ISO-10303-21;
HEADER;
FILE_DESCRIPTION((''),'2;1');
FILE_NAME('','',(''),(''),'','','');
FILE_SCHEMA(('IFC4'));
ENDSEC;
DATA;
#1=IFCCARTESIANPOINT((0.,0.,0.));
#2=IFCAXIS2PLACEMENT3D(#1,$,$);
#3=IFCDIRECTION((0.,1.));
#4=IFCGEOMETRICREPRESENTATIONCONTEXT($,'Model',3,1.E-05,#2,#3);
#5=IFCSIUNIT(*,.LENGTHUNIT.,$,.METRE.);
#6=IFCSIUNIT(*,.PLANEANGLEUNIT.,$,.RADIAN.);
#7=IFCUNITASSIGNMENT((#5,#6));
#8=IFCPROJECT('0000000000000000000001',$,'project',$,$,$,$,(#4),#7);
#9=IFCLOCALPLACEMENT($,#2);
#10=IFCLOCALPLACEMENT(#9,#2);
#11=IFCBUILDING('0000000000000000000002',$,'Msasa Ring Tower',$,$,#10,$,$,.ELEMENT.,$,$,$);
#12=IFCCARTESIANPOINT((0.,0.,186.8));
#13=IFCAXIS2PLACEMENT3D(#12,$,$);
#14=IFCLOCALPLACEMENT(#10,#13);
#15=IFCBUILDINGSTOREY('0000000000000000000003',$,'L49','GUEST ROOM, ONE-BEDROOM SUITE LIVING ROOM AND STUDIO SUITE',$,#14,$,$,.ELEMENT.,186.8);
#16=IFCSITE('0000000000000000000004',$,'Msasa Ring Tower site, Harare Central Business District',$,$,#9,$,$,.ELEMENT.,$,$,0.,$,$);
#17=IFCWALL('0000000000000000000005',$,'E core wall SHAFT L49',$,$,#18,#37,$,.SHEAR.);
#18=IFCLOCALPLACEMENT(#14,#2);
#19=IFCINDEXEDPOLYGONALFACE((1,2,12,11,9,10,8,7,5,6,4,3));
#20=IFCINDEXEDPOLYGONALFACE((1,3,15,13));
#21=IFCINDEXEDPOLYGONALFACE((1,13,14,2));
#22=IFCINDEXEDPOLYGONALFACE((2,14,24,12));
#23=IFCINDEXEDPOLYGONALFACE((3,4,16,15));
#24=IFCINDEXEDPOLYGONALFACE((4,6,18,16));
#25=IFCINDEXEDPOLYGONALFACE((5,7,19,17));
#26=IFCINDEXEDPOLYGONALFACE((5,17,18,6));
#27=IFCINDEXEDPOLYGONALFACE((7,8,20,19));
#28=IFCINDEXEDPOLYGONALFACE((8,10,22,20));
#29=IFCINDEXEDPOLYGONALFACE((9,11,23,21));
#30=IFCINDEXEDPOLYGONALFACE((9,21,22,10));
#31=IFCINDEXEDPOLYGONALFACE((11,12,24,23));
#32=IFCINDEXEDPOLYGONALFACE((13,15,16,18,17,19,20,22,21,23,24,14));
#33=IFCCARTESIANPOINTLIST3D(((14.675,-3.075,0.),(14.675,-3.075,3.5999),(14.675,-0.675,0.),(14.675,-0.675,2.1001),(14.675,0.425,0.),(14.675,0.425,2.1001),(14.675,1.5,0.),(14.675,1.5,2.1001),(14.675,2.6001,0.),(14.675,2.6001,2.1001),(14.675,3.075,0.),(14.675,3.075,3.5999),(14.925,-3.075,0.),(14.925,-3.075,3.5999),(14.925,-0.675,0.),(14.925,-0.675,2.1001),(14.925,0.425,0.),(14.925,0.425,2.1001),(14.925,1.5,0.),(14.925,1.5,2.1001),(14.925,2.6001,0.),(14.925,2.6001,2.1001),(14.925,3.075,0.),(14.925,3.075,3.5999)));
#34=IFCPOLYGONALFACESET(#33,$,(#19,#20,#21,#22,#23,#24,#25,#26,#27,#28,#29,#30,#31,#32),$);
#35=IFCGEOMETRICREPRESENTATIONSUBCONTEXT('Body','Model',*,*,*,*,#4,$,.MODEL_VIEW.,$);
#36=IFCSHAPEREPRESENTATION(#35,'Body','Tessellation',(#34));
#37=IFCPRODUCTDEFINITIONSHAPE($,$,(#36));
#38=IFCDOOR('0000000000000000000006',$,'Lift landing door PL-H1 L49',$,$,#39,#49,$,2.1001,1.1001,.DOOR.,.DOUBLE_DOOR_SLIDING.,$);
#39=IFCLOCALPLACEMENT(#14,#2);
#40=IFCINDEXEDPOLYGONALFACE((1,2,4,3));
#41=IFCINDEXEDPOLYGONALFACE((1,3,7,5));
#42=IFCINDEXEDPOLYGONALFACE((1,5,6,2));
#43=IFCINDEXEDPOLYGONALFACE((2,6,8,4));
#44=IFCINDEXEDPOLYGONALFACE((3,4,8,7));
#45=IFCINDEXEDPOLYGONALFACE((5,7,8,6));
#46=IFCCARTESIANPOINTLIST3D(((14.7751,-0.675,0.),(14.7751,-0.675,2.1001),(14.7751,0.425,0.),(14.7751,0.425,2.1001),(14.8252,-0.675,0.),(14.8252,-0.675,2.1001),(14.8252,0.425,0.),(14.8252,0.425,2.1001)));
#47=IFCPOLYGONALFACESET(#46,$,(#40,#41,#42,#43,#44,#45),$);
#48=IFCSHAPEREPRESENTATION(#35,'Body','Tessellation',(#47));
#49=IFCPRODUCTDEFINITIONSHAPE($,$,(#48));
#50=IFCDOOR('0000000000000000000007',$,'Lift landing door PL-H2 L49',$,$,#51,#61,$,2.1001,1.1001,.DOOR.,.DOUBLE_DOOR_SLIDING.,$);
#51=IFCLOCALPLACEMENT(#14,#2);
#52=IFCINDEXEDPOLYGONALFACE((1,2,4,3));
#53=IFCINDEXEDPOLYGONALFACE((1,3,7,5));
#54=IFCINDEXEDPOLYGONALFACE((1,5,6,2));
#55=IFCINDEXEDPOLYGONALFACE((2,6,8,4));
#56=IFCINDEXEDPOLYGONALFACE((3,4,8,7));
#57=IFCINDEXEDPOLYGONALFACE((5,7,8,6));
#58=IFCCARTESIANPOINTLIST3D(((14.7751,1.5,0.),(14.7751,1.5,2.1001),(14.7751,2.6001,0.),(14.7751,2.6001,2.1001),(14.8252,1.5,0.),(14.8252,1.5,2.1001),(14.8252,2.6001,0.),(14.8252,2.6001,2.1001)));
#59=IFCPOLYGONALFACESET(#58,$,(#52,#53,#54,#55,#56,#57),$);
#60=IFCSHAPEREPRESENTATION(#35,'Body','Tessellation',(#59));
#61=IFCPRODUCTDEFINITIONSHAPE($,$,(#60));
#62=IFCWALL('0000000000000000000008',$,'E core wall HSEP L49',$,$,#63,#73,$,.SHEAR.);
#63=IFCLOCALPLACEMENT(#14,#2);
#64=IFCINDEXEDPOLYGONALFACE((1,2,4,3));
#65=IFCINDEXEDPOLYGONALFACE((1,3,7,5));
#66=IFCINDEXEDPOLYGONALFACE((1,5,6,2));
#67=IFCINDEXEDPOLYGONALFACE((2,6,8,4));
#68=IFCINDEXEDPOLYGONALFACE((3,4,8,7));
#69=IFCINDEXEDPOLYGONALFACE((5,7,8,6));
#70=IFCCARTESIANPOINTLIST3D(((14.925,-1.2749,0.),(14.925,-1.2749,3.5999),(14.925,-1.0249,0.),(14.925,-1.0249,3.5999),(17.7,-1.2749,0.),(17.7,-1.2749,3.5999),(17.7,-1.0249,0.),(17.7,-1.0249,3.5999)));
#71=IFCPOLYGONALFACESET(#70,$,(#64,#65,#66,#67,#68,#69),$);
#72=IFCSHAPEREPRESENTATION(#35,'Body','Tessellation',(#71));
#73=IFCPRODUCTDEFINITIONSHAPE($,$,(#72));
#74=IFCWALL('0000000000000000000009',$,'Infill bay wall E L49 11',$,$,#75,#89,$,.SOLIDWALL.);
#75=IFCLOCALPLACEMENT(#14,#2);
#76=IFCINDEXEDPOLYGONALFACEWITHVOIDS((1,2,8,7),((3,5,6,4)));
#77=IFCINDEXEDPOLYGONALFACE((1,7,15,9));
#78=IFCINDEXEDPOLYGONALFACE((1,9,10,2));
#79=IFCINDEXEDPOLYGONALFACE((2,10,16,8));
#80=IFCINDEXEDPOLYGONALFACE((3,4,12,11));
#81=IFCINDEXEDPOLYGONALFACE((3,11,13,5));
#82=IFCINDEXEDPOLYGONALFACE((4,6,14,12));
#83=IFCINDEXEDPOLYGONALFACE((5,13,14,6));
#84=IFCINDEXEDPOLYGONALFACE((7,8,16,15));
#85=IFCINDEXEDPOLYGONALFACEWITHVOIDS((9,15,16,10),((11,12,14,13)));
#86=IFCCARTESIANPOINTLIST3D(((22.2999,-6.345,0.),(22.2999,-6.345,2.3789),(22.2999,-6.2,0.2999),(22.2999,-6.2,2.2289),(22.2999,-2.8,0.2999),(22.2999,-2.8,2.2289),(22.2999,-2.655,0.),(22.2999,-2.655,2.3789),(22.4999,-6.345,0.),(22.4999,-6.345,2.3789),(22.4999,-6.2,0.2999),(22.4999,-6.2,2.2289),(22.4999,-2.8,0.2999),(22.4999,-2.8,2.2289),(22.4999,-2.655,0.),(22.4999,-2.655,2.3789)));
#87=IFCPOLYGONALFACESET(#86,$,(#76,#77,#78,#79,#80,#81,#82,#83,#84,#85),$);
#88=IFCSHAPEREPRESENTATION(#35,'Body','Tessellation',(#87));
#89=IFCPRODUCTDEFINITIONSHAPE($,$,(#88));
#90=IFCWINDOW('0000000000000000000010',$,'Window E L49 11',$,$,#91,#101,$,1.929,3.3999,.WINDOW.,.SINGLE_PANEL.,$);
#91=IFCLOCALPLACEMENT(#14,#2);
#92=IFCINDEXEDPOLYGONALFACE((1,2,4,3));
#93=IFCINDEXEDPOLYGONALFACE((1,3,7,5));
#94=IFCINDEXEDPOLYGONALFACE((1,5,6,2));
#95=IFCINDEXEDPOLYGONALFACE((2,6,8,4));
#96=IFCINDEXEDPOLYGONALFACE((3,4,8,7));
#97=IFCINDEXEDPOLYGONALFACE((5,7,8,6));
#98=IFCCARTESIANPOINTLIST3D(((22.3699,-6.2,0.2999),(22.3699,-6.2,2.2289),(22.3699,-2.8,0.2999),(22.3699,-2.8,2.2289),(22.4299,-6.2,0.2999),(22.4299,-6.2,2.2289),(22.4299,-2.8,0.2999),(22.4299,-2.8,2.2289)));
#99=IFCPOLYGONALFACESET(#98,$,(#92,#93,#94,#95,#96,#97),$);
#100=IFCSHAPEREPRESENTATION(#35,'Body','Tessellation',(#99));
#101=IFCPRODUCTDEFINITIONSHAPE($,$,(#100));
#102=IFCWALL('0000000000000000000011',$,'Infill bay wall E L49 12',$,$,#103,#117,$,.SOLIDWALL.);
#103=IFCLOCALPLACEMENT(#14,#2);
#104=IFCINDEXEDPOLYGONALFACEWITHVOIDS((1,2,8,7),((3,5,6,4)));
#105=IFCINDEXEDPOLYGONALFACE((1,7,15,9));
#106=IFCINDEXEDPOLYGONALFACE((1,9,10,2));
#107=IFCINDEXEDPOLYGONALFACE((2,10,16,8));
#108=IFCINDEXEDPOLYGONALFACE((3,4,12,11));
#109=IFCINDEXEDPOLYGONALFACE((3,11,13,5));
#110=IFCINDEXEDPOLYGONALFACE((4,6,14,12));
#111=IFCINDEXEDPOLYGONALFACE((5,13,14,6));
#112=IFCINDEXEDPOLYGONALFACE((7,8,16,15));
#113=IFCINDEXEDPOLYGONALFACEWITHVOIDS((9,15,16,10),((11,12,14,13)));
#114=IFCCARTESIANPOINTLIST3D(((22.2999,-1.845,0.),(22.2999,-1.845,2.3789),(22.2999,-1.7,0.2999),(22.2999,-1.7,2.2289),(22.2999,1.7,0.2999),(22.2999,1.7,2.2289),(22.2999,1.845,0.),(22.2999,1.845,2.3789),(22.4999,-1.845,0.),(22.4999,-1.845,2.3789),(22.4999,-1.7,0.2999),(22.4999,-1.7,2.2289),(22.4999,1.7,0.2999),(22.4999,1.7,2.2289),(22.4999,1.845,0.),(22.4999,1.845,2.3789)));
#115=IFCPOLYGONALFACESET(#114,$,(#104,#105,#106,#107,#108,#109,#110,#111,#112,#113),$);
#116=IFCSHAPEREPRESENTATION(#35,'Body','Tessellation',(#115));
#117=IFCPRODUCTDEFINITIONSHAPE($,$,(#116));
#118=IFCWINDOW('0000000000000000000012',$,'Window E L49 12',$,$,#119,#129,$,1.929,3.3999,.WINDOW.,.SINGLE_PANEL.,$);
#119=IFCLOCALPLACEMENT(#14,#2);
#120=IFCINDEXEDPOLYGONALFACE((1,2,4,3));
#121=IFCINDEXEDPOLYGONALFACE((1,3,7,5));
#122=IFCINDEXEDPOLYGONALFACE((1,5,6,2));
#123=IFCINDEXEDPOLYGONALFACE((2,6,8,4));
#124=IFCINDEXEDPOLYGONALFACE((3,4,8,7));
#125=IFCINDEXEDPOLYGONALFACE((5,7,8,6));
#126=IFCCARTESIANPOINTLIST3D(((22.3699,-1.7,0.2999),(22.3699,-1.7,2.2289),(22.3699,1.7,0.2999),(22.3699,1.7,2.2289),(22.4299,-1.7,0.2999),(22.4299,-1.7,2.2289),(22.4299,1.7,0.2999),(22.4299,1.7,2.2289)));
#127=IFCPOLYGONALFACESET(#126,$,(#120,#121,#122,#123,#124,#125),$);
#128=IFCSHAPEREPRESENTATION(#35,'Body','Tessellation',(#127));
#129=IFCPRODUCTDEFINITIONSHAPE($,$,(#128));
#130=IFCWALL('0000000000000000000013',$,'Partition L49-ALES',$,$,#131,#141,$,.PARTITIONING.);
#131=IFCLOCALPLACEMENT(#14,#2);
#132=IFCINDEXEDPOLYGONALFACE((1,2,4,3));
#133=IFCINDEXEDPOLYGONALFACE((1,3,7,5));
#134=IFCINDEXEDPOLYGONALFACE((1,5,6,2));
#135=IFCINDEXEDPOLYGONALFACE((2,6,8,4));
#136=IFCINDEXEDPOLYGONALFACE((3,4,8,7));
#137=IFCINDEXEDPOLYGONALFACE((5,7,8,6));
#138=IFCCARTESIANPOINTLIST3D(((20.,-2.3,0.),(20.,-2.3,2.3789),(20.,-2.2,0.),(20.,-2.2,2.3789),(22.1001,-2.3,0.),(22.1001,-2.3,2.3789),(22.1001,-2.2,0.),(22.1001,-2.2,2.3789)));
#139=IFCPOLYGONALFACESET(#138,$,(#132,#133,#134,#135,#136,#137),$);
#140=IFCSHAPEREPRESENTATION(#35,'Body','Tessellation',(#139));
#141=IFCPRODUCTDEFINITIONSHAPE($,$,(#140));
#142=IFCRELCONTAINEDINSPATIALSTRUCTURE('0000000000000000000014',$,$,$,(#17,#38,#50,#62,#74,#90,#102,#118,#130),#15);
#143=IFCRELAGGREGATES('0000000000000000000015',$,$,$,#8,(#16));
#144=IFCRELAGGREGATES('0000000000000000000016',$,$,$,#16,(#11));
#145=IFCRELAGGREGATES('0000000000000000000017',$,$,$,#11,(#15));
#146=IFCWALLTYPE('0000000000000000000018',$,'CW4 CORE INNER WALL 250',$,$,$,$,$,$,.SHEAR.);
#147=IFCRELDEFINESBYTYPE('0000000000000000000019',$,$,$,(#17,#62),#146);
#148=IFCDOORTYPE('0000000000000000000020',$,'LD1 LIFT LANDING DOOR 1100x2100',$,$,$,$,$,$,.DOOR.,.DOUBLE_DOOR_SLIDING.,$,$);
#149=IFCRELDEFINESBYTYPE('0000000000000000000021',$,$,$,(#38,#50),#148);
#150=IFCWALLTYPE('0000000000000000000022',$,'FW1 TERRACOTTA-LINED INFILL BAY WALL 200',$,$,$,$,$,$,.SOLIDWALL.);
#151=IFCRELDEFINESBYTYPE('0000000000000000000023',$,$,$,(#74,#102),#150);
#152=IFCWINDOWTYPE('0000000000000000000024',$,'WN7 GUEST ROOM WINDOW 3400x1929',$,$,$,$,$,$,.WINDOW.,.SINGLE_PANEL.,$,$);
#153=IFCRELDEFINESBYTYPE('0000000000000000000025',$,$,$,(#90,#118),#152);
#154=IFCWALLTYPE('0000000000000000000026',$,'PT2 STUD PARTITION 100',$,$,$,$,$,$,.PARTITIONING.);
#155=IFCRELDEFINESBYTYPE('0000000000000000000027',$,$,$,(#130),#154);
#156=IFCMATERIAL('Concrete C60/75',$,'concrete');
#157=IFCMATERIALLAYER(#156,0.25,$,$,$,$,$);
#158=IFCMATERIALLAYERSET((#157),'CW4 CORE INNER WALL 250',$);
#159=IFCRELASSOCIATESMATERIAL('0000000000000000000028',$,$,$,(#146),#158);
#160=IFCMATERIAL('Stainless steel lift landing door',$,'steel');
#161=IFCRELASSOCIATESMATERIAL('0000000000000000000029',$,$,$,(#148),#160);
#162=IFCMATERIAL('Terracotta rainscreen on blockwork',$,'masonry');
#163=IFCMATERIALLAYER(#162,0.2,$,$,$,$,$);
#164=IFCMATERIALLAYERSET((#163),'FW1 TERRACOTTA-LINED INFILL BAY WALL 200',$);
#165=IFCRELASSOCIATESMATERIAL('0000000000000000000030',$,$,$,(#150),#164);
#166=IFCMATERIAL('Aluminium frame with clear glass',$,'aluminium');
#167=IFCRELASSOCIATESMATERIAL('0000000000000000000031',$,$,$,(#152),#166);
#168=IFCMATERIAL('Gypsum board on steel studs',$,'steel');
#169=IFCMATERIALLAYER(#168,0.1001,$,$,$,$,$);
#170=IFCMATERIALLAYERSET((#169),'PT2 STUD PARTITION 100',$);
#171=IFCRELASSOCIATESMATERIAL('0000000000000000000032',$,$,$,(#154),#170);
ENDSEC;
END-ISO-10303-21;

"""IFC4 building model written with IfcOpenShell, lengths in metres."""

from ifc_helpers import new_model, si_unit, direction, frame, frame_2d, origin, place, context, subcontext, project, spatial, rectangle, extrude, material, layer, layer_set, type_object, element, fill, save


model = new_model("IFC4")

# Units and contexts
model_context = context("Model", 3, precision=1e-05, world=origin(), true_north=direction((0.0, 1.0)))
body_context = subcontext(model_context, "Body", "Model", "MODEL_VIEW")
ifc_project = project(units=[si_unit("LENGTHUNIT", "METRE"), si_unit("PLANEANGLEUNIT", "RADIAN")], contexts=[model_context])

# Site, building, storey
site_placement = place(None, origin())
site = spatial("IfcSite", under=ifc_project, at=site_placement, Name="Msasa Ring Tower site, Harare Central Business District", CompositionType="ELEMENT", RefElevation=0.0)
building_placement = place(site_placement, origin())
building = spatial("IfcBuilding", under=site, at=building_placement, Name="Msasa Ring Tower", CompositionType="ELEMENT")
storey_placement = place(building_placement, frame((0.0, 0.0, 186.8)))
storey = spatial("IfcBuildingStorey", under=building, at=storey_placement, Name="L49", Description="GUEST ROOM, ONE-BEDROOM SUITE LIVING ROOM AND STUDIO SUITE", CompositionType="ELEMENT", Elevation=186.8)

# Shared definitions
ifc_material_1 = material(Name="Concrete C60/75", Category="concrete")
ifc_layer_1 = layer(ifc_material_1, 0.25)
ifc_layer_set_1 = layer_set([ifc_layer_1], Name="CW4 CORE INNER WALL 250")
wall_type_1 = type_object("IfcWallType", Name="CW4 CORE INNER WALL 250", PredefinedType="SHEAR", material=ifc_layer_set_1)

# Shared definitions
ifc_material_2 = material(Name="Stainless steel lift landing door", Category="steel")
door_type = type_object("IfcDoorType", Name="LD1 LIFT LANDING DOOR 1100x2100", OperationType="DOUBLE_DOOR_SLIDING", PredefinedType="DOOR", material=ifc_material_2)

# Wall, openings, doors
wall_1_placement = place(storey_placement, frame((14.8, -3.075, 0.0), z_axis=(0.0, 0.0, 1.0), x_axis=(0.0, 1.0, 0.0)))
wall_1 = element("IfcWall", 1, at=wall_1_placement, inside=storey, type_object=wall_type_1, Name="E core wall SHAFT L49", PredefinedType="SHEAR", context=body_context, shape_type="SweptSolid", body=[
    extrude(rectangle(XDim=6.1499, YDim=0.25, at=frame_2d((3.075, 0.0))), origin(), (0.0, 0.0, 1.0), 3.5999),
])
opening_1_placement = place(wall_1_placement, frame((2.3999, 0.0, 0.0)))
opening_1 = element("IfcOpeningElement", 2, at=opening_1_placement, cuts=wall_1, PredefinedType="OPENING", context=body_context, shape_type="SweptSolid", body=[
    extrude(rectangle(XDim=1.1001, YDim=2.1001, at=frame_2d((0.55, 1.05))), frame((0.0, 0.135, 0.0), z_axis=(0.0, -1.0, 0.0), x_axis=(1.0, 0.0, 0.0)), (0.0, 0.0, 1.0), 0.27),
])
opening_2_placement = place(wall_1_placement, frame((4.575, 0.0, 0.0)))
opening_2 = element("IfcOpeningElement", 3, at=opening_2_placement, cuts=wall_1, PredefinedType="OPENING", context=body_context, shape_type="SweptSolid", body=[
    extrude(rectangle(XDim=1.1001, YDim=2.1001, at=frame_2d((0.55, 1.05))), frame((0.0, 0.135, 0.0), z_axis=(0.0, -1.0, 0.0), x_axis=(1.0, 0.0, 0.0)), (0.0, 0.0, 1.0), 0.27),
])
door_1_placement = place(opening_1_placement, origin())
door_1 = element("IfcDoor", 4, at=door_1_placement, inside=storey, type_object=door_type, Name="Lift landing door PL-H1 L49", OperationType="DOUBLE_DOOR_SLIDING", OverallHeight=2.1001, OverallWidth=1.1001, PredefinedType="DOOR", context=body_context, shape_type="SweptSolid", body=[
    extrude(rectangle(XDim=1.1001, YDim=2.1001, at=frame_2d((0.55, 1.05))), frame((0.0, 0.0249, 0.0), z_axis=(0.0, -1.0, 0.0), x_axis=(1.0, 0.0, 0.0)), (0.0, 0.0, 1.0), 0.05),
])
fill(opening_1, door_1)
door_2_placement = place(opening_2_placement, origin())
door_2 = element("IfcDoor", 5, at=door_2_placement, inside=storey, type_object=door_type, Name="Lift landing door PL-H2 L49", OperationType="DOUBLE_DOOR_SLIDING", OverallHeight=2.1001, OverallWidth=1.1001, PredefinedType="DOOR", context=body_context, shape_type="SweptSolid", body=[
    extrude(rectangle(XDim=1.1001, YDim=2.1001, at=frame_2d((0.55, 1.05))), frame((0.0, 0.0249, 0.0), z_axis=(0.0, -1.0, 0.0), x_axis=(1.0, 0.0, 0.0)), (0.0, 0.0, 1.0), 0.05),
])
fill(opening_2, door_2)

# Wall
wall_2_placement = place(storey_placement, frame((14.925, -1.1499, 0.0), z_axis=(0.0, 0.0, 1.0), x_axis=(1.0, 0.0, 0.0)))
element("IfcWall", 6, at=wall_2_placement, inside=storey, type_object=wall_type_1, Name="E core wall HSEP L49", PredefinedType="SHEAR", context=body_context, shape_type="SweptSolid", body=[
    extrude(rectangle(XDim=2.7749, YDim=0.25, at=frame_2d((1.3875, 0.0))), origin(), (0.0, 0.0, 1.0), 3.5999),
])

# Walls, openings, windows
ifc_material_3 = material(Name="Terracotta rainscreen on blockwork", Category="masonry")
ifc_layer_2 = layer(ifc_material_3, 0.2)
ifc_layer_set_2 = layer_set([ifc_layer_2], Name="FW1 TERRACOTTA-LINED INFILL BAY WALL 200")
wall_type_2 = type_object("IfcWallType", Name="FW1 TERRACOTTA-LINED INFILL BAY WALL 200", PredefinedType="SOLIDWALL", material=ifc_layer_set_2)
wall_3_placement = place(storey_placement, frame((22.3999, -6.345, 0.0), z_axis=(0.0, 0.0, 1.0), x_axis=(0.0, 1.0, 0.0)))
wall_3 = element("IfcWall", 7, at=wall_3_placement, inside=storey, type_object=wall_type_2, Name="Infill bay wall E L49 11", PredefinedType="SOLIDWALL", context=body_context, shape_type="SweptSolid", body=[
    extrude(rectangle(XDim=3.6899, YDim=0.2, at=frame_2d((1.845, 0.0))), origin(), (0.0, 0.0, 1.0), 2.3789),
])
opening_3_placement = place(wall_3_placement, frame((0.145, 0.0, 0.3)))
opening_3 = element("IfcOpeningElement", 8, at=opening_3_placement, cuts=wall_3, PredefinedType="OPENING", context=body_context, shape_type="SweptSolid", body=[
    extrude(rectangle(XDim=3.3999, YDim=1.929, at=frame_2d((1.7, 0.9644))), frame((0.0, 0.1099, 0.0), z_axis=(0.0, -1.0, 0.0), x_axis=(1.0, 0.0, 0.0)), (0.0, 0.0, 1.0), 0.22),
])
ifc_material_4 = material(Name="Aluminium frame with clear glass", Category="aluminium")
window_type = type_object("IfcWindowType", Name="WN7 GUEST ROOM WINDOW 3400x1929", PartitioningType="SINGLE_PANEL", PredefinedType="WINDOW", material=ifc_material_4)
window_1_placement = place(opening_3_placement, origin())
window_1 = element("IfcWindow", 9, at=window_1_placement, inside=storey, type_object=window_type, Name="Window E L49 11", OverallHeight=1.929, OverallWidth=3.3999, PartitioningType="SINGLE_PANEL", PredefinedType="WINDOW", context=body_context, shape_type="SweptSolid", body=[
    extrude(rectangle(XDim=3.3999, YDim=1.929, at=frame_2d((1.7, 0.9644))), frame((0.0, 0.03, 0.0), z_axis=(0.0, -1.0, 0.0), x_axis=(1.0, 0.0, 0.0)), (0.0, 0.0, 1.0), 0.0601),
])
fill(opening_3, window_1)
wall_4_placement = place(storey_placement, frame((22.3999, -1.845, 0.0), z_axis=(0.0, 0.0, 1.0), x_axis=(0.0, 1.0, 0.0)))
wall_4 = element("IfcWall", 10, at=wall_4_placement, inside=storey, type_object=wall_type_2, Name="Infill bay wall E L49 12", PredefinedType="SOLIDWALL", context=body_context, shape_type="SweptSolid", body=[
    extrude(rectangle(XDim=3.6899, YDim=0.2, at=frame_2d((1.845, 0.0))), origin(), (0.0, 0.0, 1.0), 2.3789),
])
opening_4_placement = place(wall_4_placement, frame((0.145, 0.0, 0.3)))
opening_4 = element("IfcOpeningElement", 11, at=opening_4_placement, cuts=wall_4, PredefinedType="OPENING", context=body_context, shape_type="SweptSolid", body=[
    extrude(rectangle(XDim=3.3999, YDim=1.929, at=frame_2d((1.7, 0.9644))), frame((0.0, 0.1099, 0.0), z_axis=(0.0, -1.0, 0.0), x_axis=(1.0, 0.0, 0.0)), (0.0, 0.0, 1.0), 0.22),
])
window_2_placement = place(opening_4_placement, origin())
window_2 = element("IfcWindow", 12, at=window_2_placement, inside=storey, type_object=window_type, Name="Window E L49 12", OverallHeight=1.929, OverallWidth=3.3999, PartitioningType="SINGLE_PANEL", PredefinedType="WINDOW", context=body_context, shape_type="SweptSolid", body=[
    extrude(rectangle(XDim=3.3999, YDim=1.929, at=frame_2d((1.7, 0.9644))), frame((0.0, 0.03, 0.0), z_axis=(0.0, -1.0, 0.0), x_axis=(1.0, 0.0, 0.0)), (0.0, 0.0, 1.0), 0.0601),
])
fill(opening_4, window_2)

# Wall
ifc_material_5 = material(Name="Gypsum board on steel studs", Category="steel")
ifc_layer_3 = layer(ifc_material_5, 0.1001)
ifc_layer_set_3 = layer_set([ifc_layer_3], Name="PT2 STUD PARTITION 100")
wall_type_3 = type_object("IfcWallType", Name="PT2 STUD PARTITION 100", PredefinedType="PARTITIONING", material=ifc_layer_set_3)
wall_5_placement = place(storey_placement, frame((20.0, -2.25, 0.0), z_axis=(0.0, 0.0, 1.0), x_axis=(1.0, 0.0, 0.0)))
element("IfcWall", 13, at=wall_5_placement, inside=storey, type_object=wall_type_3, Name="Partition L49-ALES", PredefinedType="PARTITIONING", context=body_context, shape_type="SweptSolid", body=[
    extrude(rectangle(XDim=2.1001, YDim=0.1001, at=frame_2d((1.05, 0.0))), origin(), (0.0, 0.0, 1.0), 2.3789),
])

save(model, "model.ifc")
